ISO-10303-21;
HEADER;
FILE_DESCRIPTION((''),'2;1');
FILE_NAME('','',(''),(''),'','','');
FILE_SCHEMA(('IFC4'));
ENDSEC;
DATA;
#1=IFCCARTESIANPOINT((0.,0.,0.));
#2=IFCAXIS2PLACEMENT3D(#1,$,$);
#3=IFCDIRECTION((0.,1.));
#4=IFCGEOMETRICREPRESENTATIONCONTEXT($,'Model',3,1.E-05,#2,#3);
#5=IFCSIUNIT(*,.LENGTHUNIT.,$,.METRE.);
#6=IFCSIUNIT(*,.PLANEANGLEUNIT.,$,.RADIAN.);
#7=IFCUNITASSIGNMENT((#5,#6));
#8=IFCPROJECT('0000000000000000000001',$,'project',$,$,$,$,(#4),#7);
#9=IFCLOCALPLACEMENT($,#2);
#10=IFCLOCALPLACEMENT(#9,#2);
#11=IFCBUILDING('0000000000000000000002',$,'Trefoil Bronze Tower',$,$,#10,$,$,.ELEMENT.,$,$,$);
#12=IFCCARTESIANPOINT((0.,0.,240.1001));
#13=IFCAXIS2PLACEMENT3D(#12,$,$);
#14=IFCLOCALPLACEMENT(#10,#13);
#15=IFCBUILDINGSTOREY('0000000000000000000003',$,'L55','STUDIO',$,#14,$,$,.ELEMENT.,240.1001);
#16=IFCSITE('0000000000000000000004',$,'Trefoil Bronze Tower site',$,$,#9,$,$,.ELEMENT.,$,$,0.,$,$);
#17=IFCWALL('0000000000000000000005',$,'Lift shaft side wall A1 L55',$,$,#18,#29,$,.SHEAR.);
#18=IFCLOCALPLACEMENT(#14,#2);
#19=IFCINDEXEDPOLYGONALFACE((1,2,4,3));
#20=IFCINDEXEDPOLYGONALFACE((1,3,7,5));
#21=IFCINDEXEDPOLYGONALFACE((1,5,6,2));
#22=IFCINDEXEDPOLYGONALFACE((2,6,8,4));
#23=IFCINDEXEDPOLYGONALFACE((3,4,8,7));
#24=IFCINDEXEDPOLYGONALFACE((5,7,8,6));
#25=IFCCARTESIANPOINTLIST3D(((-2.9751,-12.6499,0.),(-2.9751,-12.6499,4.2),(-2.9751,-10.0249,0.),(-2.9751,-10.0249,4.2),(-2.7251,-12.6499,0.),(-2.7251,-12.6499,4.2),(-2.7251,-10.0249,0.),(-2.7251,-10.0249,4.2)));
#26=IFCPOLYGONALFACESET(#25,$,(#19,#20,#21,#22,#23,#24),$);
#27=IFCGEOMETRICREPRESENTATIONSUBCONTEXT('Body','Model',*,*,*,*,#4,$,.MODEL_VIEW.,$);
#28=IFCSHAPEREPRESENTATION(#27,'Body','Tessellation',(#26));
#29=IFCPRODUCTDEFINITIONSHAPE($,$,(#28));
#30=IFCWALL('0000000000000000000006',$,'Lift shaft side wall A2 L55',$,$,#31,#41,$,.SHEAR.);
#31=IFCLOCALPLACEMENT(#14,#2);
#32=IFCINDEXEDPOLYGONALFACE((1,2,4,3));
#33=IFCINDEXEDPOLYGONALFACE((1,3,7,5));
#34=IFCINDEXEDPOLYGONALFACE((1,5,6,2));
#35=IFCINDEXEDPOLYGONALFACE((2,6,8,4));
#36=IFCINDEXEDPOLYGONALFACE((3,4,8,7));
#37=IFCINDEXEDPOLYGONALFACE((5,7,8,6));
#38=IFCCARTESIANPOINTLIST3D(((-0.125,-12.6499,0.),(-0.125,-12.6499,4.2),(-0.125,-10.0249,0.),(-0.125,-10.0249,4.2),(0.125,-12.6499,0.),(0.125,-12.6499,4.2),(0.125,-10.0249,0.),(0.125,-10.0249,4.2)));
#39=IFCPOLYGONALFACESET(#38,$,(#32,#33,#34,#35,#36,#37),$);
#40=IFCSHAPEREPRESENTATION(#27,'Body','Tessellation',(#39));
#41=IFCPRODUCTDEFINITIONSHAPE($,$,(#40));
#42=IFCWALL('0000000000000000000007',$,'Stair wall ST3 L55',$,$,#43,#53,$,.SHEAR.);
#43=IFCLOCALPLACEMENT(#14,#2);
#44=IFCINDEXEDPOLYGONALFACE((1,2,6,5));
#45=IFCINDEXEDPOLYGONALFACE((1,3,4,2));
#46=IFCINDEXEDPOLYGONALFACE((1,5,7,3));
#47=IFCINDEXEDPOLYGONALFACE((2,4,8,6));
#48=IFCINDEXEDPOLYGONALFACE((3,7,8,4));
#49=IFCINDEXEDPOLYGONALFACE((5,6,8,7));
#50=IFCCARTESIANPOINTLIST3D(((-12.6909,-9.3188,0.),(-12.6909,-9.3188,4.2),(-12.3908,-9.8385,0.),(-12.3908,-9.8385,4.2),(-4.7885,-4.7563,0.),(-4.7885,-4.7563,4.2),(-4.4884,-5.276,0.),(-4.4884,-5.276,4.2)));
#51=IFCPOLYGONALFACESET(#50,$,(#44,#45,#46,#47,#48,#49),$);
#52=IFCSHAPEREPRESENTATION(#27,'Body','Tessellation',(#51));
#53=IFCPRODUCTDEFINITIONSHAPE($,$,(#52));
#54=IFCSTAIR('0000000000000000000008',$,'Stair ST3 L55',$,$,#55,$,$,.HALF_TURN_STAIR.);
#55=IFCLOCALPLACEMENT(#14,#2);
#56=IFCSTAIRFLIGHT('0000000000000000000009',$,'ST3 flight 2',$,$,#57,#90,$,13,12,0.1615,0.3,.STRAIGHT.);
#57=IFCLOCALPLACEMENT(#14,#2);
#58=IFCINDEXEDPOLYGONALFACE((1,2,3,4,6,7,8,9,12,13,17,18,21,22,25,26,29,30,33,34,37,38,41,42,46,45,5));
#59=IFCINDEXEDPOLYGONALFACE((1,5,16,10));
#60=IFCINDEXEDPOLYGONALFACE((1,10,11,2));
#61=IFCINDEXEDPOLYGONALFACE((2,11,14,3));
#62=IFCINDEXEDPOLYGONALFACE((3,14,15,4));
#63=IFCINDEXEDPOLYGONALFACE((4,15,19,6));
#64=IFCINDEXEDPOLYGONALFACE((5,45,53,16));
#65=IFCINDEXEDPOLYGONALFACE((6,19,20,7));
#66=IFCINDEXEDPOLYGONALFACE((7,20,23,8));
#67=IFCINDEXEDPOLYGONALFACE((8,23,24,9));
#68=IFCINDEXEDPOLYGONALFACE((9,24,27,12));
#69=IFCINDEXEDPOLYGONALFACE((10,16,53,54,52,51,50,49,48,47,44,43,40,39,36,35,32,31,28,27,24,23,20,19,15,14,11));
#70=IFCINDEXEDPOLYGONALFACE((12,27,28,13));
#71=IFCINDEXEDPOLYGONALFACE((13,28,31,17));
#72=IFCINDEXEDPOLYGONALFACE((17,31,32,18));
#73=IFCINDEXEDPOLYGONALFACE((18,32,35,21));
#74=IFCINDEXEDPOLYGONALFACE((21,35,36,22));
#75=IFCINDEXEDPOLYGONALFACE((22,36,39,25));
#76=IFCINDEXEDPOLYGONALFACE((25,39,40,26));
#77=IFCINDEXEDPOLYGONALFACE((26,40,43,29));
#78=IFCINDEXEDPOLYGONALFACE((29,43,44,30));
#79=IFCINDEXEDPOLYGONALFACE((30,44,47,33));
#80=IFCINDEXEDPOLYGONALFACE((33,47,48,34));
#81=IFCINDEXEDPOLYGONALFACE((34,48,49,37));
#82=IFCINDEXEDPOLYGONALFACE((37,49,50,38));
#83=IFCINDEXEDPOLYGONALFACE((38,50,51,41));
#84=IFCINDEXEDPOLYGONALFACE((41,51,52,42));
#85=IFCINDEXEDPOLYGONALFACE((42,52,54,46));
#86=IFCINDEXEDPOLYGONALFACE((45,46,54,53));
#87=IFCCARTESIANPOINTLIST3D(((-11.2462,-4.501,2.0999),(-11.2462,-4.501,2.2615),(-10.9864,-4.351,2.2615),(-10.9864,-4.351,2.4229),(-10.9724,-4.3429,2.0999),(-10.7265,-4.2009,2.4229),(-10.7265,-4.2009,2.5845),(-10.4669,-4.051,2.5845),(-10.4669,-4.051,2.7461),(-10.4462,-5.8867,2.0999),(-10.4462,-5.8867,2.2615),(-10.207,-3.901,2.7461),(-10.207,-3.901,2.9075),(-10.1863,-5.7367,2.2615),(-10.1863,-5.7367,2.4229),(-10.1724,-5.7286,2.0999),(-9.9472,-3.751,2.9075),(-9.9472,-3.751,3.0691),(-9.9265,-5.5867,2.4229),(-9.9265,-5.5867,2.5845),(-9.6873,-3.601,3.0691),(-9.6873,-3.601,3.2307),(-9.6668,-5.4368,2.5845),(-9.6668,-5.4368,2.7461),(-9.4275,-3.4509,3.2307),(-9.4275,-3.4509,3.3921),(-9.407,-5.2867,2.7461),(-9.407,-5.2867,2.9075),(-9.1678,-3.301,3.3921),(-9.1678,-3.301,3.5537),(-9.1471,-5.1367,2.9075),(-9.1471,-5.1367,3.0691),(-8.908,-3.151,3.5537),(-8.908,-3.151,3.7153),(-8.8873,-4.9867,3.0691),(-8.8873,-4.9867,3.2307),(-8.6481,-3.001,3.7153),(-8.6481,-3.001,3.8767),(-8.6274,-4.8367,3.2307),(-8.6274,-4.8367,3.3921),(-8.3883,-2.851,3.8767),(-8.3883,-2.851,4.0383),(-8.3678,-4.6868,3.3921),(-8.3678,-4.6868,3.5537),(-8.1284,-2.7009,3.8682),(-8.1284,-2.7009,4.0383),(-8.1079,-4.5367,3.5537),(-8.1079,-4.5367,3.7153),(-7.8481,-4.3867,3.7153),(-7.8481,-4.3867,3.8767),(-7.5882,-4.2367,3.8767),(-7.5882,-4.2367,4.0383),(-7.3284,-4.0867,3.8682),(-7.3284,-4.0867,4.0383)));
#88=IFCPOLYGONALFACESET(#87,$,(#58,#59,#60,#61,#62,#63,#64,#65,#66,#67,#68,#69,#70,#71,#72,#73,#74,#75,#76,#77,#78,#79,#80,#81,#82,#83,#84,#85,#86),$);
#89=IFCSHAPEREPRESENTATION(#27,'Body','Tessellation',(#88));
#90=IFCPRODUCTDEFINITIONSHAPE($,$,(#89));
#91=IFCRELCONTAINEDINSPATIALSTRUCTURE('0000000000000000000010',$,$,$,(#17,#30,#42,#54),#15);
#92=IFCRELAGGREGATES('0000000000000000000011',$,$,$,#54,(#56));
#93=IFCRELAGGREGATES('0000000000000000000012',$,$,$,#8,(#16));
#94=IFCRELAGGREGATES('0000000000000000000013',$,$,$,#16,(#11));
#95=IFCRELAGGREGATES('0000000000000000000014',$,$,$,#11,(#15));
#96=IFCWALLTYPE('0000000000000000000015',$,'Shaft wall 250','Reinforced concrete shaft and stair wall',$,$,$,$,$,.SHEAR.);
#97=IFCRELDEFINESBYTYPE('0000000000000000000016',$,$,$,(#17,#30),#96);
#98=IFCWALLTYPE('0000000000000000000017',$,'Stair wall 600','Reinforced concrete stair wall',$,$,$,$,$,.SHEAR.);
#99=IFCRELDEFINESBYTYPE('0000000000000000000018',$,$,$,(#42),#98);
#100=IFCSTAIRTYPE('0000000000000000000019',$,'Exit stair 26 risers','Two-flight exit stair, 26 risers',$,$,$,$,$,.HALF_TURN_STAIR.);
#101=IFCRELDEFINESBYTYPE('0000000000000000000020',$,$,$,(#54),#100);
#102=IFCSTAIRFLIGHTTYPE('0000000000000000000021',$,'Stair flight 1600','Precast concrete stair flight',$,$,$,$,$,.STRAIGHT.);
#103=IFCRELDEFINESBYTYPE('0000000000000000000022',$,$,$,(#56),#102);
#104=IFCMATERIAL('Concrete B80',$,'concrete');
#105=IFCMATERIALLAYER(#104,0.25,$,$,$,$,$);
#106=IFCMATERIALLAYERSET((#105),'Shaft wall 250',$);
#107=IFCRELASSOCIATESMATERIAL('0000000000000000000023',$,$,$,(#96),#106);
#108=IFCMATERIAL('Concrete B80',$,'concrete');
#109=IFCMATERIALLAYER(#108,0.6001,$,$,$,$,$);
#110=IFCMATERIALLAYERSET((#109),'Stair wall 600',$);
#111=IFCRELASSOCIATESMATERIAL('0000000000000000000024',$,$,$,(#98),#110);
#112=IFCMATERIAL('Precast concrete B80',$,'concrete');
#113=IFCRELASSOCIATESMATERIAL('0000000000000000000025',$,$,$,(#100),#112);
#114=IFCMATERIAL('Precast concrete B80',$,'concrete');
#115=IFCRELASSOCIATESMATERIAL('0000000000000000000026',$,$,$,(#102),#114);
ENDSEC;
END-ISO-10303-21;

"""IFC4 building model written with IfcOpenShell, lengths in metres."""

from ifc_helpers import new_model, si_unit, direction, frame, frame_2d, origin, place, context, subcontext, project, spatial, polyline, rectangle, outline, extrude, material, layer, layer_set, type_object, element, aggregate, save


model = new_model("IFC4")

# Units and contexts
model_context = context("Model", 3, precision=1e-05, world=origin(), true_north=direction((0.0, 1.0)))
body_context = subcontext(model_context, "Body", "Model", "MODEL_VIEW")
ifc_project = project(units=[si_unit("LENGTHUNIT", "METRE"), si_unit("PLANEANGLEUNIT", "RADIAN")], contexts=[model_context])

# Site, building, storey
site_placement = place(None, origin())
site = spatial("IfcSite", under=ifc_project, at=site_placement, Name="Trefoil Bronze Tower site", CompositionType="ELEMENT", RefElevation=0.0)
building_placement = place(site_placement, origin())
building = spatial("IfcBuilding", under=site, at=building_placement, Name="Trefoil Bronze Tower", CompositionType="ELEMENT")
storey_placement = place(building_placement, frame((0.0, 0.0, 240.1001)))
storey = spatial("IfcBuildingStorey", under=building, at=storey_placement, Name="L55", Description="STUDIO", CompositionType="ELEMENT", Elevation=240.1001)

# Shared definitions
ifc_material_1 = material(Name="Concrete B80", Category="concrete")
ifc_layer_1 = layer(ifc_material_1, 0.25)
ifc_layer_set_1 = layer_set([ifc_layer_1], Name="Shaft wall 250")
wall_type_1 = type_object("IfcWallType", Name="Shaft wall 250", Description="Reinforced concrete shaft and stair wall", PredefinedType="SHEAR", material=ifc_layer_set_1)

# Walls
for number, where, z_axis, x_axis, name in (
    (1, (-2.8501, -10.0249, 0.0), (0.0, 0.0, 1.0), (0.0, -1.0, 0.0), "Lift shaft side wall A1 L55"),
    (2, (0.0, -10.0249, 0.0), (0.0, 0.0, 1.0), (0.0, -1.0, 0.0), "Lift shaft side wall A2 L55"),
):
    element("IfcWall", number, at=place(storey_placement, frame(where, z_axis=z_axis, x_axis=x_axis)), inside=storey, type_object=wall_type_1, Name=name, PredefinedType="SHEAR", context=body_context, shape_type="SweptSolid", body=[
        extrude(rectangle(XDim=2.625, YDim=0.25, at=frame_2d((1.3125, 0.0))), origin(), (0.0, 0.0, 1.0), 4.2),
    ])
ifc_material_2 = material(Name="Concrete B80", Category="concrete")
ifc_layer_2 = layer(ifc_material_2, 0.6001)
ifc_layer_set_2 = layer_set([ifc_layer_2], Name="Stair wall 600")
wall_type_2 = type_object("IfcWallType", Name="Stair wall 600", Description="Reinforced concrete stair wall", PredefinedType="SHEAR", material=ifc_layer_set_2)
wall_1_placement = place(storey_placement, frame((-4.6384, -5.0161, 0.0), z_axis=(0.0, 0.0, 1.0), x_axis=(-0.866022, -0.500007, 0.0)))
element("IfcWall", 3, at=wall_1_placement, inside=storey, type_object=wall_type_2, Name="Stair wall ST3 L55", PredefinedType="SHEAR", context=body_context, shape_type="SweptSolid", body=[
    extrude(rectangle(XDim=9.125, YDim=0.6001, at=frame_2d((4.5625, 0.0))), origin(), (0.0, 0.0, 1.0), 4.2),
])

# Stair, stair flight
ifc_material_3 = material(Name="Precast concrete B80", Category="concrete")
stair_type = type_object("IfcStairType", Name="Exit stair 26 risers", Description="Two-flight exit stair, 26 risers", PredefinedType="HALF_TURN_STAIR", material=ifc_material_3)
stair_placement = place(storey_placement, origin())
stair = element("IfcStair", 4, at=stair_placement, inside=storey, type_object=stair_type, Name="Stair ST3 L55", PredefinedType="HALF_TURN_STAIR")
ifc_material_4 = material(Name="Precast concrete B80", Category="concrete")
stair_flight_type = type_object("IfcStairFlightType", Name="Stair flight 1600", Description="Precast concrete stair flight", PredefinedType="STRAIGHT", material=ifc_material_4)
stair_flight_placement = place(storey_placement, frame((-10.8462, -5.1938, 2.0999), z_axis=(0.0, 0.0, 1.0), x_axis=(0.866025, 0.5, 0.0)))
stair_flight = element("IfcStairFlight", 5, at=stair_flight_placement, type_object=stair_flight_type, Name="ST3 flight 2", NumberOfRisers=13, NumberOfTreads=12, PredefinedType="STRAIGHT", RiserHeight=0.1615, TreadLength=0.3, context=body_context, shape_type="SweptSolid", body=[
    extrude(outline(polyline([(0.0, 0.0), (0.0, 0.1616), (0.3, 0.1616), (0.3, 0.323), (0.6001, 0.323), (0.6001, 0.4846), (0.8999, 0.4846), (0.8999, 0.6462), (1.2, 0.6462), (1.2, 0.8076), (1.5, 0.8076), (1.5, 0.9692), (1.8, 0.9692), (1.8, 1.1309), (2.1001, 1.1309), (2.1001, 1.2922), (2.3999, 1.2922), (2.3999, 1.4539), (2.7, 1.4539), (2.7, 1.6155), (3.0, 1.6155), (3.0, 1.7769), (3.3, 1.7769), (3.3, 1.9385), (3.6001, 1.9385), (3.6001, 2.1001), (3.6001, 1.7683), (0.3162, 0.0), (0.0, 0.0)])), frame((0.0, 0.8, 0.0), z_axis=(0.0, -1.0, 0.0), x_axis=(1.0, 0.0, 0.0)), (0.0, 0.0, 1.0), 1.6001),
])
aggregate(stair, [stair_flight])

save(model, "model.ifc")
